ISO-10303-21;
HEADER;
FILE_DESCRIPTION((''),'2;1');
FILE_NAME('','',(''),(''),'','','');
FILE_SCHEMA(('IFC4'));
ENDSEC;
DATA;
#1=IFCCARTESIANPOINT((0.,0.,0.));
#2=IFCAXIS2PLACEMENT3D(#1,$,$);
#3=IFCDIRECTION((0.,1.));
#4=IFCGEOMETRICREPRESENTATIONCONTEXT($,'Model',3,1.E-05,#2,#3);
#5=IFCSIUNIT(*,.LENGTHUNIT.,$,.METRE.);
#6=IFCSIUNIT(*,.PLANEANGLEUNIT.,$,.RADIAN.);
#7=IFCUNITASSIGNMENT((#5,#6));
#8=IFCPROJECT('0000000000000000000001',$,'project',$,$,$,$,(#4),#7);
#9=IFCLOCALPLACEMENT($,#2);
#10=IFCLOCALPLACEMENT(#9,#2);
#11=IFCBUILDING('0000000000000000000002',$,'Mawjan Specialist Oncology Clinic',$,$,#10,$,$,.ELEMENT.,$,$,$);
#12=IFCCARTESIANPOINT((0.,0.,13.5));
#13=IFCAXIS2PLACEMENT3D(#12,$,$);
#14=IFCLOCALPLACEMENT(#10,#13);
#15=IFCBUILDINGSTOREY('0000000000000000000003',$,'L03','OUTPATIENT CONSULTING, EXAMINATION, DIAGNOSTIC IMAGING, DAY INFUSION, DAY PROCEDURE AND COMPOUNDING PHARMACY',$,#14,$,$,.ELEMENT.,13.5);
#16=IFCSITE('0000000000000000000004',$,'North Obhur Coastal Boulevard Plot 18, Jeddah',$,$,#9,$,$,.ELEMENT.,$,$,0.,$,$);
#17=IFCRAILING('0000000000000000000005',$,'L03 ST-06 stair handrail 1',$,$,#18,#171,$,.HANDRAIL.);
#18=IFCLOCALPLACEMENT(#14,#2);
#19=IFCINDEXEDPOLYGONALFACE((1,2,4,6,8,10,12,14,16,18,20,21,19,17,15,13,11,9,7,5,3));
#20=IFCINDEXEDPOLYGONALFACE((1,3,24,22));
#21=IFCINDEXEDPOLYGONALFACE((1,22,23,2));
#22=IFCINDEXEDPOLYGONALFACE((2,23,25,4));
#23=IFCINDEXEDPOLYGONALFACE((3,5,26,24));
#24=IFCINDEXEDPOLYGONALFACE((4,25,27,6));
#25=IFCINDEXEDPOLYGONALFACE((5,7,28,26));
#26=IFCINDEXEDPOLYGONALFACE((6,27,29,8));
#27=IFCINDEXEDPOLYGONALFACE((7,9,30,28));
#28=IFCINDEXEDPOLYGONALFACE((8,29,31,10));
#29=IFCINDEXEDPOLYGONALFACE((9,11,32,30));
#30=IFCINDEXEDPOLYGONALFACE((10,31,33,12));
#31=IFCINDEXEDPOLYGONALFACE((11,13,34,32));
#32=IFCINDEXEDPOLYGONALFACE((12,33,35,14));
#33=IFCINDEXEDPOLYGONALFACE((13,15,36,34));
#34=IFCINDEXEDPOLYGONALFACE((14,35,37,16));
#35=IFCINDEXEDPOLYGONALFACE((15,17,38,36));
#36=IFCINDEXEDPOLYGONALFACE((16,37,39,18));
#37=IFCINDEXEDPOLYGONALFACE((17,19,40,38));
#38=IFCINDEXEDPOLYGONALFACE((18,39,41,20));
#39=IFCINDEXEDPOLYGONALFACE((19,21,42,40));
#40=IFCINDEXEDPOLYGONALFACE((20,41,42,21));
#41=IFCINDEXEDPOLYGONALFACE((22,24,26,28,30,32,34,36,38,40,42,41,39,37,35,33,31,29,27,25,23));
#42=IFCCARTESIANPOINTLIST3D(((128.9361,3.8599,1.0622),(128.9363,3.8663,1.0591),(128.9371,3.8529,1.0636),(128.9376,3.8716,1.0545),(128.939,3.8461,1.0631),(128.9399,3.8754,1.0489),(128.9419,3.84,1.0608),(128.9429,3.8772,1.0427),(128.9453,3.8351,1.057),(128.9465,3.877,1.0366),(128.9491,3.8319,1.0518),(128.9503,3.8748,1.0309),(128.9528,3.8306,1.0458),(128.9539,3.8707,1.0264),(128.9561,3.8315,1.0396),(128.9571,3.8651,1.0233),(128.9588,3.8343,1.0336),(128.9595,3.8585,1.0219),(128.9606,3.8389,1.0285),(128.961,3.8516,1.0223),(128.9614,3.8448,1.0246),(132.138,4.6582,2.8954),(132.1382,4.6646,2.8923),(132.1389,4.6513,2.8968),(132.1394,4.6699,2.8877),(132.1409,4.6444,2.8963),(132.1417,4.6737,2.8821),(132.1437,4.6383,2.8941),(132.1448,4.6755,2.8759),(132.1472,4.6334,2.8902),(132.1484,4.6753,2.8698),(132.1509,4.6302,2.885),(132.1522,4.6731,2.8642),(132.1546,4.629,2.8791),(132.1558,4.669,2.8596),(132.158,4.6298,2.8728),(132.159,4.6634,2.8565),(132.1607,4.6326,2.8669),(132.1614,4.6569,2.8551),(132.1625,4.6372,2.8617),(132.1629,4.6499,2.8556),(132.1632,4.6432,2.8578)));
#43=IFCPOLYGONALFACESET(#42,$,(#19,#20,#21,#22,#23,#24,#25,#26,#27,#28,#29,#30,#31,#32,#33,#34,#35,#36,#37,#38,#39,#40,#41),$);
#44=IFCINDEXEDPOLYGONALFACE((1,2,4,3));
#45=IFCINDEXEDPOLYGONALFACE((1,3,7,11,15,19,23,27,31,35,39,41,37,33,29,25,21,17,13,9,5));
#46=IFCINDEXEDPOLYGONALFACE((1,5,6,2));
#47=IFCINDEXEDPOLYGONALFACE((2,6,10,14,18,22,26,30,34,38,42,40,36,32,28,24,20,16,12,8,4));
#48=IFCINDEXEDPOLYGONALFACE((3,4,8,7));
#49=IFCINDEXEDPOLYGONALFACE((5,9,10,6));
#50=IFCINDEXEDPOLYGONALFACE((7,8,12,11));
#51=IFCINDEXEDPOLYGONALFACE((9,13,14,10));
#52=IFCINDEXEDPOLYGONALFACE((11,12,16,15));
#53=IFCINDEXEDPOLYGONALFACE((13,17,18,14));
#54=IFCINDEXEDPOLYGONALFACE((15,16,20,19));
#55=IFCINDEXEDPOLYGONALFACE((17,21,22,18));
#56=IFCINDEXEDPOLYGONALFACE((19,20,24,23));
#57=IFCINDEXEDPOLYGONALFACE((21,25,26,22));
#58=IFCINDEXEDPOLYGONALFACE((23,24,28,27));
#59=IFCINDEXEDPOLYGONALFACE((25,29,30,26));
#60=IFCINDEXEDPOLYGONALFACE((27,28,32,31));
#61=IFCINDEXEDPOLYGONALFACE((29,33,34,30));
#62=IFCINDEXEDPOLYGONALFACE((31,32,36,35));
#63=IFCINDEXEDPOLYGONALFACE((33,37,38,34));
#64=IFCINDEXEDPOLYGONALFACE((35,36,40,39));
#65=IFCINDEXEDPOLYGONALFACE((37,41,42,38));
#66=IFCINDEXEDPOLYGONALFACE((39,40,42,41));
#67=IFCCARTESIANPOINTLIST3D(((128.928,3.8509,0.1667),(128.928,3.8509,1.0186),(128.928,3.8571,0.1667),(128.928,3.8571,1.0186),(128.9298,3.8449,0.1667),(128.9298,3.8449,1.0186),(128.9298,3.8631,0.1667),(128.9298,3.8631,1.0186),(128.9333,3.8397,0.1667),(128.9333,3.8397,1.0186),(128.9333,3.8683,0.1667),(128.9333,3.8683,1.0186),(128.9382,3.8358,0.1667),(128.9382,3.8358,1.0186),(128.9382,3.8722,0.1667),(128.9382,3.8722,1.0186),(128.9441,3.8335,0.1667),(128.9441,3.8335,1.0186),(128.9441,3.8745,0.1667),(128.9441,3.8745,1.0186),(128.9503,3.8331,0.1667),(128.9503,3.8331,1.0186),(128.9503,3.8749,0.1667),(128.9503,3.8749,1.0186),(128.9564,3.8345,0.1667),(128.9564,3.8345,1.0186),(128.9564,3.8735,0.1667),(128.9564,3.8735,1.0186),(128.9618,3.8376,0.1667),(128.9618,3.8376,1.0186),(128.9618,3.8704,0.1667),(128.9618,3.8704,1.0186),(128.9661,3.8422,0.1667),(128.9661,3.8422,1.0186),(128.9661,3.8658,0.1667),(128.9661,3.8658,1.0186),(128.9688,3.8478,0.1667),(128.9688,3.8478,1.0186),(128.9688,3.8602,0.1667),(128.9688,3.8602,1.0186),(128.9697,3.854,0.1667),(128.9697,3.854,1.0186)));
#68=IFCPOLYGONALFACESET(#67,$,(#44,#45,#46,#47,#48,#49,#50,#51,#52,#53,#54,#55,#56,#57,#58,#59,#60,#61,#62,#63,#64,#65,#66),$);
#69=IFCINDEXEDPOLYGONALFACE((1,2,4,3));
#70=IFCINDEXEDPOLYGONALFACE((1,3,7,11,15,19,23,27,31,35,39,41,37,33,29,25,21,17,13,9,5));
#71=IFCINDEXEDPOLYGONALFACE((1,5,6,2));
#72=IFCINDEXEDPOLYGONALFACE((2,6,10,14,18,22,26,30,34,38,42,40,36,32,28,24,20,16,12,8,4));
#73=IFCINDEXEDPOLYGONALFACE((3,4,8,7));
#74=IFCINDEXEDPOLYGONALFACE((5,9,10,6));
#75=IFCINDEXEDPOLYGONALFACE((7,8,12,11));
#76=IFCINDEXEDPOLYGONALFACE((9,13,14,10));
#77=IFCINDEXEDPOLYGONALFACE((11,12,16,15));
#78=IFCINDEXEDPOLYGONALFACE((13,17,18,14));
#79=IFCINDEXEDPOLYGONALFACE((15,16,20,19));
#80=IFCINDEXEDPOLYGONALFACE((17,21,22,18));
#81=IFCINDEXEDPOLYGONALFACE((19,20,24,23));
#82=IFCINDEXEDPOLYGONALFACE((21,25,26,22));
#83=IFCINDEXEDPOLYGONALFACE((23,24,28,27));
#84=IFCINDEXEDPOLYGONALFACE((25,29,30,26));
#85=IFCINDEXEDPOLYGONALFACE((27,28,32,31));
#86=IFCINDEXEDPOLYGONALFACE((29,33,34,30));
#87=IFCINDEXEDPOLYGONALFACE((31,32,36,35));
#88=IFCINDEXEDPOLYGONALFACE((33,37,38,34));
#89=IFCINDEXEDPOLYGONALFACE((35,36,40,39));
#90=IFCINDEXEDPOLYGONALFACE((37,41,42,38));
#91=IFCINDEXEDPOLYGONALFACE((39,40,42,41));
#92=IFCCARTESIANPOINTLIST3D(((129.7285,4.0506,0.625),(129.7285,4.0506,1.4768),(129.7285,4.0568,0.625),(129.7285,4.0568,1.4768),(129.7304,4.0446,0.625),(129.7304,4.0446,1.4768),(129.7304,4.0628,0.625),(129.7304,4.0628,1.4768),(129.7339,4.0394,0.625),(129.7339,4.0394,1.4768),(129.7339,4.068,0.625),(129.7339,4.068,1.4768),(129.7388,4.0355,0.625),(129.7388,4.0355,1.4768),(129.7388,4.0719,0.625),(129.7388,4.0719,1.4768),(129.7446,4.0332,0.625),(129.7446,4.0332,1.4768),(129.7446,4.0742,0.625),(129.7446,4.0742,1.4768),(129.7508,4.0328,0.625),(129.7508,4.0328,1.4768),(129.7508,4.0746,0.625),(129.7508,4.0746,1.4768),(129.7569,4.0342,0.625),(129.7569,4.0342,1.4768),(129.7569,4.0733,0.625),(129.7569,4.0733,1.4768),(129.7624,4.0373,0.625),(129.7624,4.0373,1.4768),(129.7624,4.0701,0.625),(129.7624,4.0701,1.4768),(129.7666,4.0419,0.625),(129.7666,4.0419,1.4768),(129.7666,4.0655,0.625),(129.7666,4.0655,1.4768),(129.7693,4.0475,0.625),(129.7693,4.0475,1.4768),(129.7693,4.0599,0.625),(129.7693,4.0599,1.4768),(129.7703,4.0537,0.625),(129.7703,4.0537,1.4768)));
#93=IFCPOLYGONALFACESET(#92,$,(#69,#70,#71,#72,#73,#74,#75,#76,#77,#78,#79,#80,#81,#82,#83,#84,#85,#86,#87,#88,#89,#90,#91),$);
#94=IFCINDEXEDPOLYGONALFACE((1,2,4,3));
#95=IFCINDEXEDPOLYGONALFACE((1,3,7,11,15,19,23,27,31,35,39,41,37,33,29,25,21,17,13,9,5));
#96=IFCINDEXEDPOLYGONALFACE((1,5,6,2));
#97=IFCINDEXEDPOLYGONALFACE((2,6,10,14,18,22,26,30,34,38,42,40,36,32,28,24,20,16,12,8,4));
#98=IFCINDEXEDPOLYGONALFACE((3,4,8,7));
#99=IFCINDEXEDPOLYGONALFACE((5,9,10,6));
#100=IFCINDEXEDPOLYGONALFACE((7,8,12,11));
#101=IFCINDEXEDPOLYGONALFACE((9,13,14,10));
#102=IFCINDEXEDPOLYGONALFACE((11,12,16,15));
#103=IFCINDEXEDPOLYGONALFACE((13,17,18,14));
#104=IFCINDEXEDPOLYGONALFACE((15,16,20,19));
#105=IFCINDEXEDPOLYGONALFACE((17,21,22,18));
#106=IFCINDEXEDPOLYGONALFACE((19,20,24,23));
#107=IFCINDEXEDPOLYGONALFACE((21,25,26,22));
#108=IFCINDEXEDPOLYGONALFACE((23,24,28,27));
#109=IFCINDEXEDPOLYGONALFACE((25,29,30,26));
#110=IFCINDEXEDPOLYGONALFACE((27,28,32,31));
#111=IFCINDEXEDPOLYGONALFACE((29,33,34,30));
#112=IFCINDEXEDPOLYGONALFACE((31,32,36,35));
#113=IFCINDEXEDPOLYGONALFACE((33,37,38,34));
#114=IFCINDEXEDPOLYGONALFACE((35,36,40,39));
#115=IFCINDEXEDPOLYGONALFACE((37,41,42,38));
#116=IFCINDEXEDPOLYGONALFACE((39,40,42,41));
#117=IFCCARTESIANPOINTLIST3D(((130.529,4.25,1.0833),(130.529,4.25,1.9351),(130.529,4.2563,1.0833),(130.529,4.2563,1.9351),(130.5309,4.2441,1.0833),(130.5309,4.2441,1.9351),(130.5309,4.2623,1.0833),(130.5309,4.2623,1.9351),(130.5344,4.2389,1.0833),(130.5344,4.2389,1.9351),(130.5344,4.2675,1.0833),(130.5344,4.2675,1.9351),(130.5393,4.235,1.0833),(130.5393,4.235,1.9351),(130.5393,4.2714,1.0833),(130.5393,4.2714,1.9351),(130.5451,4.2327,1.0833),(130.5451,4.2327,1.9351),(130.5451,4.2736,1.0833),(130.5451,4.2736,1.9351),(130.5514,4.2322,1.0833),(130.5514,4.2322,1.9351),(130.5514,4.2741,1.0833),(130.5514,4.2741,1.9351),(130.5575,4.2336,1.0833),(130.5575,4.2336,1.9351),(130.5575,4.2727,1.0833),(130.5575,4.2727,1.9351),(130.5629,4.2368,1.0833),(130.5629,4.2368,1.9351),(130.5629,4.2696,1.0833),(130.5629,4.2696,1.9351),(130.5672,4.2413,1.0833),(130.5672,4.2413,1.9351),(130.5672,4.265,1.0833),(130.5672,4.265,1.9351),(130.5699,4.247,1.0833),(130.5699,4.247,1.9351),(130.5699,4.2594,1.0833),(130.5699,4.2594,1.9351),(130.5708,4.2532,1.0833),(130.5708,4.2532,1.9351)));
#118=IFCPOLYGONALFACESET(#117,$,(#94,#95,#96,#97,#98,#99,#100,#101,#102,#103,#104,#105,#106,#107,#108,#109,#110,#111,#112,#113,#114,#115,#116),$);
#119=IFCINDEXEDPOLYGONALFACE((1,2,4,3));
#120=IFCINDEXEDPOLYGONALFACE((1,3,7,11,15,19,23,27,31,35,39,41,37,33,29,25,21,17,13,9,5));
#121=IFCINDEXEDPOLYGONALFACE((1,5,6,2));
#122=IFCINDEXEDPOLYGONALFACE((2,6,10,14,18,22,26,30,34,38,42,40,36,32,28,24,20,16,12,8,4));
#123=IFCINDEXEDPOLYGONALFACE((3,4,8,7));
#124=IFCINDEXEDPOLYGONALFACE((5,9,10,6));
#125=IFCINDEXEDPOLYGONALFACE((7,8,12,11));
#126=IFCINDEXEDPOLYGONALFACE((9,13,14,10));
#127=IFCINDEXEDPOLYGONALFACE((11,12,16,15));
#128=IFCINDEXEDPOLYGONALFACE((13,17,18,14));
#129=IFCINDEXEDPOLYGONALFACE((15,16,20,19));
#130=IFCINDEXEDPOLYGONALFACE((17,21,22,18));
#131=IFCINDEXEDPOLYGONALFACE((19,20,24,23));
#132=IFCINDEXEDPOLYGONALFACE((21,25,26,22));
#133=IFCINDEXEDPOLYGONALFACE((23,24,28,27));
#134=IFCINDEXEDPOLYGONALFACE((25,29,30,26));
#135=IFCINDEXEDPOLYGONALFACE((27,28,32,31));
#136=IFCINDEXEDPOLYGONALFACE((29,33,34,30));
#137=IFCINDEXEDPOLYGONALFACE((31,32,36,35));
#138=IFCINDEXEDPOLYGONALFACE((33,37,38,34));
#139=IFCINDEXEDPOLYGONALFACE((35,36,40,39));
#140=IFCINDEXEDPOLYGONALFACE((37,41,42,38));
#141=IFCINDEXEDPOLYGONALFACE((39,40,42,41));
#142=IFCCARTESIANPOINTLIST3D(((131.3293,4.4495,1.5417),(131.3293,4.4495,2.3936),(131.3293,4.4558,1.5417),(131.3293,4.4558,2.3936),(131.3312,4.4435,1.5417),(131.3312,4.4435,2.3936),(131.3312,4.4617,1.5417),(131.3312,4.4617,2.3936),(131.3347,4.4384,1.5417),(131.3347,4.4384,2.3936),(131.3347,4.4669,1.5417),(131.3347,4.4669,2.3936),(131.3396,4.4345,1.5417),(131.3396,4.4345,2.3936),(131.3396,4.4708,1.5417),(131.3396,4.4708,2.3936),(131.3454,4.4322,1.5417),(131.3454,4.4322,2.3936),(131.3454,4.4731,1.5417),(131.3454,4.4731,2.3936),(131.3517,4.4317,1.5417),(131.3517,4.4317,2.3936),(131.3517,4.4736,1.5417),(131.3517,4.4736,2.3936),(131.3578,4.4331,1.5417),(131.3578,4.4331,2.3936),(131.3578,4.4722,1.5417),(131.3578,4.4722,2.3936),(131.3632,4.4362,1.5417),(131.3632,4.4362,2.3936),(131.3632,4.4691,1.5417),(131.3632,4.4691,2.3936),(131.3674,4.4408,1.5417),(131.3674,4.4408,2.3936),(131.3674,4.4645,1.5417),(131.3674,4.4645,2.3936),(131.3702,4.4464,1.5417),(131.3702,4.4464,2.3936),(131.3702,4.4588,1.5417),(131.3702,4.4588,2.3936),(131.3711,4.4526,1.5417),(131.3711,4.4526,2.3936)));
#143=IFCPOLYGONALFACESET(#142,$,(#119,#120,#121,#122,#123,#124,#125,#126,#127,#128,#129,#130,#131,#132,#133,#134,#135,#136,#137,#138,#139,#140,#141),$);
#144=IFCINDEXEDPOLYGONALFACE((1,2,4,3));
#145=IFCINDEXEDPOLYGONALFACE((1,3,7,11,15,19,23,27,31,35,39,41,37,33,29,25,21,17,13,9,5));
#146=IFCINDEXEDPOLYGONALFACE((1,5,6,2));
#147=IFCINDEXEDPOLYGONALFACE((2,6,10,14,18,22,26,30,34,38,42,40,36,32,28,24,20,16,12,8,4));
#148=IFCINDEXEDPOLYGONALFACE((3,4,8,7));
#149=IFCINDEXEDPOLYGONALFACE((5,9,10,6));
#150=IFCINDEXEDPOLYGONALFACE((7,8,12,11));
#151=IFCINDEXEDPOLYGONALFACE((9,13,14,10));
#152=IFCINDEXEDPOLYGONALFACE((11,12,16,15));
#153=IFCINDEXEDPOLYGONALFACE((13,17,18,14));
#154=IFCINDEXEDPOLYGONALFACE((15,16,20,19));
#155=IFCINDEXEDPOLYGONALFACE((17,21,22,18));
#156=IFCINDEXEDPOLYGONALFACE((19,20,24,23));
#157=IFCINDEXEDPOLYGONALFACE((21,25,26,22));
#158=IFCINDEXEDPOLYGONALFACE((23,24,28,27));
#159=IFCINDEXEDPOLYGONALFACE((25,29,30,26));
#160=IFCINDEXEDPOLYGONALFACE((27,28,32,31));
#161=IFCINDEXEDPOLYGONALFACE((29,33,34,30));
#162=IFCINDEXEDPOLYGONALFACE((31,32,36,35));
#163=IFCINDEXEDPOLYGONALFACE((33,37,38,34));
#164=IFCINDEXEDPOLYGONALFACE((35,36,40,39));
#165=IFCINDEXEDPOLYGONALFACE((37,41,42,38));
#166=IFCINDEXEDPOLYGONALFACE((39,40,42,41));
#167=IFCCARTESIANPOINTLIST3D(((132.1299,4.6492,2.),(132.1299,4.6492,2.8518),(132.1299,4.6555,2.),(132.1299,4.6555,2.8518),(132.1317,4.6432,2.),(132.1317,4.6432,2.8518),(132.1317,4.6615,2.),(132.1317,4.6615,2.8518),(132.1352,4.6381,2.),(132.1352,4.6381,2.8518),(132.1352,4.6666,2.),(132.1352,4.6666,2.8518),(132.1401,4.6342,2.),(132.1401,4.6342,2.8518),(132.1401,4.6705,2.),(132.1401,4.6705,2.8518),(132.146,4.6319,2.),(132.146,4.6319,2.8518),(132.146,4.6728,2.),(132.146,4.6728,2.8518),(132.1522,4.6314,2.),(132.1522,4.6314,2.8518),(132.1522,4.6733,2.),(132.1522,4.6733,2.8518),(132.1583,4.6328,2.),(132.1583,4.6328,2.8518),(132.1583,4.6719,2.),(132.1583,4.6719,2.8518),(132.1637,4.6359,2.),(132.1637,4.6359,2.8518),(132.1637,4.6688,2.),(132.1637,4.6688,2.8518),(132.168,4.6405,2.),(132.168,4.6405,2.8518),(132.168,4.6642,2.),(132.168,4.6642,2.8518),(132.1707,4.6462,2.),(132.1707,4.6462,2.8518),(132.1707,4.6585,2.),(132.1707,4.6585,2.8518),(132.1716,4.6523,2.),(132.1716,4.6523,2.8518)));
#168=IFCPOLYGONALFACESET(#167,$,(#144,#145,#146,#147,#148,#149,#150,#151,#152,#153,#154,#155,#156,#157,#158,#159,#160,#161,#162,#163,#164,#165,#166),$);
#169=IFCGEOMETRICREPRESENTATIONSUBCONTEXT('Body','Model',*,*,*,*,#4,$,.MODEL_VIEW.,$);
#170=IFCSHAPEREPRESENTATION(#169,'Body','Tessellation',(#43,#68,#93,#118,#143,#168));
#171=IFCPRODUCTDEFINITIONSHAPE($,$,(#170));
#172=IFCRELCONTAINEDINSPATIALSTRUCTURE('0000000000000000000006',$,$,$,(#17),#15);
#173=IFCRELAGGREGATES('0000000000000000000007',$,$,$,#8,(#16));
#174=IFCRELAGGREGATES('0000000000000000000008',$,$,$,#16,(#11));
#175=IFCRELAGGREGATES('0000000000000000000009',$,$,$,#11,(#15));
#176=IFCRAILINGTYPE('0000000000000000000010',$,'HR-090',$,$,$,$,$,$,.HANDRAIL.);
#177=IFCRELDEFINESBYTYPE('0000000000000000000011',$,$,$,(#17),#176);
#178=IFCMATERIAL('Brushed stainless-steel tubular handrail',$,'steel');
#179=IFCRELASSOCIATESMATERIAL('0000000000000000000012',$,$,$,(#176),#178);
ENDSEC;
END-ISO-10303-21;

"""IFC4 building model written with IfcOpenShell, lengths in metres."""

from ifc_helpers import new_model, si_unit, direction, frame, origin, origin_2d, place, context, subcontext, project, spatial, circle, extrude, material, type_object, element, save


model = new_model("IFC4")

# Units and contexts
model_context = context("Model", 3, precision=1e-05, world=origin(), true_north=direction((0.0, 1.0)))
body_context = subcontext(model_context, "Body", "Model", "MODEL_VIEW")
ifc_project = project(units=[si_unit("LENGTHUNIT", "METRE"), si_unit("PLANEANGLEUNIT", "RADIAN")], contexts=[model_context])

# Site, building, storey
site_placement = place(None, origin())
site = spatial("IfcSite", under=ifc_project, at=site_placement, Name="North Obhur Coastal Boulevard Plot 18, Jeddah", CompositionType="ELEMENT", RefElevation=0.0)
building_placement = place(site_placement, origin())
building = spatial("IfcBuilding", under=site, at=building_placement, Name="Mawjan Specialist Oncology Clinic", CompositionType="ELEMENT")
storey_placement = place(building_placement, frame((0.0, 0.0, 13.5)))
storey = spatial("IfcBuildingStorey", under=building, at=storey_placement, Name="L03", Description="OUTPATIENT CONSULTING, EXAMINATION, DIAGNOSTIC IMAGING, DAY INFUSION, DAY PROCEDURE AND COMPOUNDING PHARMACY", CompositionType="ELEMENT", Elevation=13.5)

# Railing
ifc_material_1 = material(Name="Brushed stainless-steel tubular handrail", Category="steel")
railing_type_1 = type_object("IfcRailingType", Name="HR-090", PredefinedType="HANDRAIL", material=ifc_material_1)
railing_1_placement = place(storey_placement, frame((128.9487, 3.854, 0.1667)))
element("IfcRailing", 1, at=railing_1_placement, inside=storey, type_object=railing_type_1, Name="L03 ST-06 stair handrail 1", PredefinedType="HANDRAIL", context=body_context, shape_type="SweptSolid", body=[
    extrude(circle(Radius=0.0239, at=origin_2d()), frame((0.0, 0.0, 0.876), z_axis=(0.848195, 0.211483, 0.485634), x_axis=(-0.241926, 0.970295, 0.0)), (0.0, 0.0, 1.0), 3.7749),
    extrude(circle(Radius=0.021, at=origin_2d()), origin(), (0.0, 0.0, 1.0), 0.8518),
    extrude(circle(Radius=0.021, at=origin_2d()), frame((0.8005, 0.1997, 0.4583)), (0.0, 0.0, 1.0), 0.8518),
    extrude(circle(Radius=0.021, at=origin_2d()), frame((1.6011, 0.3992, 0.9165)), (0.0, 0.0, 1.0), 0.8518),
    extrude(circle(Radius=0.021, at=origin_2d()), frame((2.4014, 0.5986, 1.375)), (0.0, 0.0, 1.0), 0.8518),
    extrude(circle(Radius=0.021, at=origin_2d()), frame((3.2019, 0.7983, 1.8333)), (0.0, 0.0, 1.0), 0.8518),
])

save(model, "model.ifc")
